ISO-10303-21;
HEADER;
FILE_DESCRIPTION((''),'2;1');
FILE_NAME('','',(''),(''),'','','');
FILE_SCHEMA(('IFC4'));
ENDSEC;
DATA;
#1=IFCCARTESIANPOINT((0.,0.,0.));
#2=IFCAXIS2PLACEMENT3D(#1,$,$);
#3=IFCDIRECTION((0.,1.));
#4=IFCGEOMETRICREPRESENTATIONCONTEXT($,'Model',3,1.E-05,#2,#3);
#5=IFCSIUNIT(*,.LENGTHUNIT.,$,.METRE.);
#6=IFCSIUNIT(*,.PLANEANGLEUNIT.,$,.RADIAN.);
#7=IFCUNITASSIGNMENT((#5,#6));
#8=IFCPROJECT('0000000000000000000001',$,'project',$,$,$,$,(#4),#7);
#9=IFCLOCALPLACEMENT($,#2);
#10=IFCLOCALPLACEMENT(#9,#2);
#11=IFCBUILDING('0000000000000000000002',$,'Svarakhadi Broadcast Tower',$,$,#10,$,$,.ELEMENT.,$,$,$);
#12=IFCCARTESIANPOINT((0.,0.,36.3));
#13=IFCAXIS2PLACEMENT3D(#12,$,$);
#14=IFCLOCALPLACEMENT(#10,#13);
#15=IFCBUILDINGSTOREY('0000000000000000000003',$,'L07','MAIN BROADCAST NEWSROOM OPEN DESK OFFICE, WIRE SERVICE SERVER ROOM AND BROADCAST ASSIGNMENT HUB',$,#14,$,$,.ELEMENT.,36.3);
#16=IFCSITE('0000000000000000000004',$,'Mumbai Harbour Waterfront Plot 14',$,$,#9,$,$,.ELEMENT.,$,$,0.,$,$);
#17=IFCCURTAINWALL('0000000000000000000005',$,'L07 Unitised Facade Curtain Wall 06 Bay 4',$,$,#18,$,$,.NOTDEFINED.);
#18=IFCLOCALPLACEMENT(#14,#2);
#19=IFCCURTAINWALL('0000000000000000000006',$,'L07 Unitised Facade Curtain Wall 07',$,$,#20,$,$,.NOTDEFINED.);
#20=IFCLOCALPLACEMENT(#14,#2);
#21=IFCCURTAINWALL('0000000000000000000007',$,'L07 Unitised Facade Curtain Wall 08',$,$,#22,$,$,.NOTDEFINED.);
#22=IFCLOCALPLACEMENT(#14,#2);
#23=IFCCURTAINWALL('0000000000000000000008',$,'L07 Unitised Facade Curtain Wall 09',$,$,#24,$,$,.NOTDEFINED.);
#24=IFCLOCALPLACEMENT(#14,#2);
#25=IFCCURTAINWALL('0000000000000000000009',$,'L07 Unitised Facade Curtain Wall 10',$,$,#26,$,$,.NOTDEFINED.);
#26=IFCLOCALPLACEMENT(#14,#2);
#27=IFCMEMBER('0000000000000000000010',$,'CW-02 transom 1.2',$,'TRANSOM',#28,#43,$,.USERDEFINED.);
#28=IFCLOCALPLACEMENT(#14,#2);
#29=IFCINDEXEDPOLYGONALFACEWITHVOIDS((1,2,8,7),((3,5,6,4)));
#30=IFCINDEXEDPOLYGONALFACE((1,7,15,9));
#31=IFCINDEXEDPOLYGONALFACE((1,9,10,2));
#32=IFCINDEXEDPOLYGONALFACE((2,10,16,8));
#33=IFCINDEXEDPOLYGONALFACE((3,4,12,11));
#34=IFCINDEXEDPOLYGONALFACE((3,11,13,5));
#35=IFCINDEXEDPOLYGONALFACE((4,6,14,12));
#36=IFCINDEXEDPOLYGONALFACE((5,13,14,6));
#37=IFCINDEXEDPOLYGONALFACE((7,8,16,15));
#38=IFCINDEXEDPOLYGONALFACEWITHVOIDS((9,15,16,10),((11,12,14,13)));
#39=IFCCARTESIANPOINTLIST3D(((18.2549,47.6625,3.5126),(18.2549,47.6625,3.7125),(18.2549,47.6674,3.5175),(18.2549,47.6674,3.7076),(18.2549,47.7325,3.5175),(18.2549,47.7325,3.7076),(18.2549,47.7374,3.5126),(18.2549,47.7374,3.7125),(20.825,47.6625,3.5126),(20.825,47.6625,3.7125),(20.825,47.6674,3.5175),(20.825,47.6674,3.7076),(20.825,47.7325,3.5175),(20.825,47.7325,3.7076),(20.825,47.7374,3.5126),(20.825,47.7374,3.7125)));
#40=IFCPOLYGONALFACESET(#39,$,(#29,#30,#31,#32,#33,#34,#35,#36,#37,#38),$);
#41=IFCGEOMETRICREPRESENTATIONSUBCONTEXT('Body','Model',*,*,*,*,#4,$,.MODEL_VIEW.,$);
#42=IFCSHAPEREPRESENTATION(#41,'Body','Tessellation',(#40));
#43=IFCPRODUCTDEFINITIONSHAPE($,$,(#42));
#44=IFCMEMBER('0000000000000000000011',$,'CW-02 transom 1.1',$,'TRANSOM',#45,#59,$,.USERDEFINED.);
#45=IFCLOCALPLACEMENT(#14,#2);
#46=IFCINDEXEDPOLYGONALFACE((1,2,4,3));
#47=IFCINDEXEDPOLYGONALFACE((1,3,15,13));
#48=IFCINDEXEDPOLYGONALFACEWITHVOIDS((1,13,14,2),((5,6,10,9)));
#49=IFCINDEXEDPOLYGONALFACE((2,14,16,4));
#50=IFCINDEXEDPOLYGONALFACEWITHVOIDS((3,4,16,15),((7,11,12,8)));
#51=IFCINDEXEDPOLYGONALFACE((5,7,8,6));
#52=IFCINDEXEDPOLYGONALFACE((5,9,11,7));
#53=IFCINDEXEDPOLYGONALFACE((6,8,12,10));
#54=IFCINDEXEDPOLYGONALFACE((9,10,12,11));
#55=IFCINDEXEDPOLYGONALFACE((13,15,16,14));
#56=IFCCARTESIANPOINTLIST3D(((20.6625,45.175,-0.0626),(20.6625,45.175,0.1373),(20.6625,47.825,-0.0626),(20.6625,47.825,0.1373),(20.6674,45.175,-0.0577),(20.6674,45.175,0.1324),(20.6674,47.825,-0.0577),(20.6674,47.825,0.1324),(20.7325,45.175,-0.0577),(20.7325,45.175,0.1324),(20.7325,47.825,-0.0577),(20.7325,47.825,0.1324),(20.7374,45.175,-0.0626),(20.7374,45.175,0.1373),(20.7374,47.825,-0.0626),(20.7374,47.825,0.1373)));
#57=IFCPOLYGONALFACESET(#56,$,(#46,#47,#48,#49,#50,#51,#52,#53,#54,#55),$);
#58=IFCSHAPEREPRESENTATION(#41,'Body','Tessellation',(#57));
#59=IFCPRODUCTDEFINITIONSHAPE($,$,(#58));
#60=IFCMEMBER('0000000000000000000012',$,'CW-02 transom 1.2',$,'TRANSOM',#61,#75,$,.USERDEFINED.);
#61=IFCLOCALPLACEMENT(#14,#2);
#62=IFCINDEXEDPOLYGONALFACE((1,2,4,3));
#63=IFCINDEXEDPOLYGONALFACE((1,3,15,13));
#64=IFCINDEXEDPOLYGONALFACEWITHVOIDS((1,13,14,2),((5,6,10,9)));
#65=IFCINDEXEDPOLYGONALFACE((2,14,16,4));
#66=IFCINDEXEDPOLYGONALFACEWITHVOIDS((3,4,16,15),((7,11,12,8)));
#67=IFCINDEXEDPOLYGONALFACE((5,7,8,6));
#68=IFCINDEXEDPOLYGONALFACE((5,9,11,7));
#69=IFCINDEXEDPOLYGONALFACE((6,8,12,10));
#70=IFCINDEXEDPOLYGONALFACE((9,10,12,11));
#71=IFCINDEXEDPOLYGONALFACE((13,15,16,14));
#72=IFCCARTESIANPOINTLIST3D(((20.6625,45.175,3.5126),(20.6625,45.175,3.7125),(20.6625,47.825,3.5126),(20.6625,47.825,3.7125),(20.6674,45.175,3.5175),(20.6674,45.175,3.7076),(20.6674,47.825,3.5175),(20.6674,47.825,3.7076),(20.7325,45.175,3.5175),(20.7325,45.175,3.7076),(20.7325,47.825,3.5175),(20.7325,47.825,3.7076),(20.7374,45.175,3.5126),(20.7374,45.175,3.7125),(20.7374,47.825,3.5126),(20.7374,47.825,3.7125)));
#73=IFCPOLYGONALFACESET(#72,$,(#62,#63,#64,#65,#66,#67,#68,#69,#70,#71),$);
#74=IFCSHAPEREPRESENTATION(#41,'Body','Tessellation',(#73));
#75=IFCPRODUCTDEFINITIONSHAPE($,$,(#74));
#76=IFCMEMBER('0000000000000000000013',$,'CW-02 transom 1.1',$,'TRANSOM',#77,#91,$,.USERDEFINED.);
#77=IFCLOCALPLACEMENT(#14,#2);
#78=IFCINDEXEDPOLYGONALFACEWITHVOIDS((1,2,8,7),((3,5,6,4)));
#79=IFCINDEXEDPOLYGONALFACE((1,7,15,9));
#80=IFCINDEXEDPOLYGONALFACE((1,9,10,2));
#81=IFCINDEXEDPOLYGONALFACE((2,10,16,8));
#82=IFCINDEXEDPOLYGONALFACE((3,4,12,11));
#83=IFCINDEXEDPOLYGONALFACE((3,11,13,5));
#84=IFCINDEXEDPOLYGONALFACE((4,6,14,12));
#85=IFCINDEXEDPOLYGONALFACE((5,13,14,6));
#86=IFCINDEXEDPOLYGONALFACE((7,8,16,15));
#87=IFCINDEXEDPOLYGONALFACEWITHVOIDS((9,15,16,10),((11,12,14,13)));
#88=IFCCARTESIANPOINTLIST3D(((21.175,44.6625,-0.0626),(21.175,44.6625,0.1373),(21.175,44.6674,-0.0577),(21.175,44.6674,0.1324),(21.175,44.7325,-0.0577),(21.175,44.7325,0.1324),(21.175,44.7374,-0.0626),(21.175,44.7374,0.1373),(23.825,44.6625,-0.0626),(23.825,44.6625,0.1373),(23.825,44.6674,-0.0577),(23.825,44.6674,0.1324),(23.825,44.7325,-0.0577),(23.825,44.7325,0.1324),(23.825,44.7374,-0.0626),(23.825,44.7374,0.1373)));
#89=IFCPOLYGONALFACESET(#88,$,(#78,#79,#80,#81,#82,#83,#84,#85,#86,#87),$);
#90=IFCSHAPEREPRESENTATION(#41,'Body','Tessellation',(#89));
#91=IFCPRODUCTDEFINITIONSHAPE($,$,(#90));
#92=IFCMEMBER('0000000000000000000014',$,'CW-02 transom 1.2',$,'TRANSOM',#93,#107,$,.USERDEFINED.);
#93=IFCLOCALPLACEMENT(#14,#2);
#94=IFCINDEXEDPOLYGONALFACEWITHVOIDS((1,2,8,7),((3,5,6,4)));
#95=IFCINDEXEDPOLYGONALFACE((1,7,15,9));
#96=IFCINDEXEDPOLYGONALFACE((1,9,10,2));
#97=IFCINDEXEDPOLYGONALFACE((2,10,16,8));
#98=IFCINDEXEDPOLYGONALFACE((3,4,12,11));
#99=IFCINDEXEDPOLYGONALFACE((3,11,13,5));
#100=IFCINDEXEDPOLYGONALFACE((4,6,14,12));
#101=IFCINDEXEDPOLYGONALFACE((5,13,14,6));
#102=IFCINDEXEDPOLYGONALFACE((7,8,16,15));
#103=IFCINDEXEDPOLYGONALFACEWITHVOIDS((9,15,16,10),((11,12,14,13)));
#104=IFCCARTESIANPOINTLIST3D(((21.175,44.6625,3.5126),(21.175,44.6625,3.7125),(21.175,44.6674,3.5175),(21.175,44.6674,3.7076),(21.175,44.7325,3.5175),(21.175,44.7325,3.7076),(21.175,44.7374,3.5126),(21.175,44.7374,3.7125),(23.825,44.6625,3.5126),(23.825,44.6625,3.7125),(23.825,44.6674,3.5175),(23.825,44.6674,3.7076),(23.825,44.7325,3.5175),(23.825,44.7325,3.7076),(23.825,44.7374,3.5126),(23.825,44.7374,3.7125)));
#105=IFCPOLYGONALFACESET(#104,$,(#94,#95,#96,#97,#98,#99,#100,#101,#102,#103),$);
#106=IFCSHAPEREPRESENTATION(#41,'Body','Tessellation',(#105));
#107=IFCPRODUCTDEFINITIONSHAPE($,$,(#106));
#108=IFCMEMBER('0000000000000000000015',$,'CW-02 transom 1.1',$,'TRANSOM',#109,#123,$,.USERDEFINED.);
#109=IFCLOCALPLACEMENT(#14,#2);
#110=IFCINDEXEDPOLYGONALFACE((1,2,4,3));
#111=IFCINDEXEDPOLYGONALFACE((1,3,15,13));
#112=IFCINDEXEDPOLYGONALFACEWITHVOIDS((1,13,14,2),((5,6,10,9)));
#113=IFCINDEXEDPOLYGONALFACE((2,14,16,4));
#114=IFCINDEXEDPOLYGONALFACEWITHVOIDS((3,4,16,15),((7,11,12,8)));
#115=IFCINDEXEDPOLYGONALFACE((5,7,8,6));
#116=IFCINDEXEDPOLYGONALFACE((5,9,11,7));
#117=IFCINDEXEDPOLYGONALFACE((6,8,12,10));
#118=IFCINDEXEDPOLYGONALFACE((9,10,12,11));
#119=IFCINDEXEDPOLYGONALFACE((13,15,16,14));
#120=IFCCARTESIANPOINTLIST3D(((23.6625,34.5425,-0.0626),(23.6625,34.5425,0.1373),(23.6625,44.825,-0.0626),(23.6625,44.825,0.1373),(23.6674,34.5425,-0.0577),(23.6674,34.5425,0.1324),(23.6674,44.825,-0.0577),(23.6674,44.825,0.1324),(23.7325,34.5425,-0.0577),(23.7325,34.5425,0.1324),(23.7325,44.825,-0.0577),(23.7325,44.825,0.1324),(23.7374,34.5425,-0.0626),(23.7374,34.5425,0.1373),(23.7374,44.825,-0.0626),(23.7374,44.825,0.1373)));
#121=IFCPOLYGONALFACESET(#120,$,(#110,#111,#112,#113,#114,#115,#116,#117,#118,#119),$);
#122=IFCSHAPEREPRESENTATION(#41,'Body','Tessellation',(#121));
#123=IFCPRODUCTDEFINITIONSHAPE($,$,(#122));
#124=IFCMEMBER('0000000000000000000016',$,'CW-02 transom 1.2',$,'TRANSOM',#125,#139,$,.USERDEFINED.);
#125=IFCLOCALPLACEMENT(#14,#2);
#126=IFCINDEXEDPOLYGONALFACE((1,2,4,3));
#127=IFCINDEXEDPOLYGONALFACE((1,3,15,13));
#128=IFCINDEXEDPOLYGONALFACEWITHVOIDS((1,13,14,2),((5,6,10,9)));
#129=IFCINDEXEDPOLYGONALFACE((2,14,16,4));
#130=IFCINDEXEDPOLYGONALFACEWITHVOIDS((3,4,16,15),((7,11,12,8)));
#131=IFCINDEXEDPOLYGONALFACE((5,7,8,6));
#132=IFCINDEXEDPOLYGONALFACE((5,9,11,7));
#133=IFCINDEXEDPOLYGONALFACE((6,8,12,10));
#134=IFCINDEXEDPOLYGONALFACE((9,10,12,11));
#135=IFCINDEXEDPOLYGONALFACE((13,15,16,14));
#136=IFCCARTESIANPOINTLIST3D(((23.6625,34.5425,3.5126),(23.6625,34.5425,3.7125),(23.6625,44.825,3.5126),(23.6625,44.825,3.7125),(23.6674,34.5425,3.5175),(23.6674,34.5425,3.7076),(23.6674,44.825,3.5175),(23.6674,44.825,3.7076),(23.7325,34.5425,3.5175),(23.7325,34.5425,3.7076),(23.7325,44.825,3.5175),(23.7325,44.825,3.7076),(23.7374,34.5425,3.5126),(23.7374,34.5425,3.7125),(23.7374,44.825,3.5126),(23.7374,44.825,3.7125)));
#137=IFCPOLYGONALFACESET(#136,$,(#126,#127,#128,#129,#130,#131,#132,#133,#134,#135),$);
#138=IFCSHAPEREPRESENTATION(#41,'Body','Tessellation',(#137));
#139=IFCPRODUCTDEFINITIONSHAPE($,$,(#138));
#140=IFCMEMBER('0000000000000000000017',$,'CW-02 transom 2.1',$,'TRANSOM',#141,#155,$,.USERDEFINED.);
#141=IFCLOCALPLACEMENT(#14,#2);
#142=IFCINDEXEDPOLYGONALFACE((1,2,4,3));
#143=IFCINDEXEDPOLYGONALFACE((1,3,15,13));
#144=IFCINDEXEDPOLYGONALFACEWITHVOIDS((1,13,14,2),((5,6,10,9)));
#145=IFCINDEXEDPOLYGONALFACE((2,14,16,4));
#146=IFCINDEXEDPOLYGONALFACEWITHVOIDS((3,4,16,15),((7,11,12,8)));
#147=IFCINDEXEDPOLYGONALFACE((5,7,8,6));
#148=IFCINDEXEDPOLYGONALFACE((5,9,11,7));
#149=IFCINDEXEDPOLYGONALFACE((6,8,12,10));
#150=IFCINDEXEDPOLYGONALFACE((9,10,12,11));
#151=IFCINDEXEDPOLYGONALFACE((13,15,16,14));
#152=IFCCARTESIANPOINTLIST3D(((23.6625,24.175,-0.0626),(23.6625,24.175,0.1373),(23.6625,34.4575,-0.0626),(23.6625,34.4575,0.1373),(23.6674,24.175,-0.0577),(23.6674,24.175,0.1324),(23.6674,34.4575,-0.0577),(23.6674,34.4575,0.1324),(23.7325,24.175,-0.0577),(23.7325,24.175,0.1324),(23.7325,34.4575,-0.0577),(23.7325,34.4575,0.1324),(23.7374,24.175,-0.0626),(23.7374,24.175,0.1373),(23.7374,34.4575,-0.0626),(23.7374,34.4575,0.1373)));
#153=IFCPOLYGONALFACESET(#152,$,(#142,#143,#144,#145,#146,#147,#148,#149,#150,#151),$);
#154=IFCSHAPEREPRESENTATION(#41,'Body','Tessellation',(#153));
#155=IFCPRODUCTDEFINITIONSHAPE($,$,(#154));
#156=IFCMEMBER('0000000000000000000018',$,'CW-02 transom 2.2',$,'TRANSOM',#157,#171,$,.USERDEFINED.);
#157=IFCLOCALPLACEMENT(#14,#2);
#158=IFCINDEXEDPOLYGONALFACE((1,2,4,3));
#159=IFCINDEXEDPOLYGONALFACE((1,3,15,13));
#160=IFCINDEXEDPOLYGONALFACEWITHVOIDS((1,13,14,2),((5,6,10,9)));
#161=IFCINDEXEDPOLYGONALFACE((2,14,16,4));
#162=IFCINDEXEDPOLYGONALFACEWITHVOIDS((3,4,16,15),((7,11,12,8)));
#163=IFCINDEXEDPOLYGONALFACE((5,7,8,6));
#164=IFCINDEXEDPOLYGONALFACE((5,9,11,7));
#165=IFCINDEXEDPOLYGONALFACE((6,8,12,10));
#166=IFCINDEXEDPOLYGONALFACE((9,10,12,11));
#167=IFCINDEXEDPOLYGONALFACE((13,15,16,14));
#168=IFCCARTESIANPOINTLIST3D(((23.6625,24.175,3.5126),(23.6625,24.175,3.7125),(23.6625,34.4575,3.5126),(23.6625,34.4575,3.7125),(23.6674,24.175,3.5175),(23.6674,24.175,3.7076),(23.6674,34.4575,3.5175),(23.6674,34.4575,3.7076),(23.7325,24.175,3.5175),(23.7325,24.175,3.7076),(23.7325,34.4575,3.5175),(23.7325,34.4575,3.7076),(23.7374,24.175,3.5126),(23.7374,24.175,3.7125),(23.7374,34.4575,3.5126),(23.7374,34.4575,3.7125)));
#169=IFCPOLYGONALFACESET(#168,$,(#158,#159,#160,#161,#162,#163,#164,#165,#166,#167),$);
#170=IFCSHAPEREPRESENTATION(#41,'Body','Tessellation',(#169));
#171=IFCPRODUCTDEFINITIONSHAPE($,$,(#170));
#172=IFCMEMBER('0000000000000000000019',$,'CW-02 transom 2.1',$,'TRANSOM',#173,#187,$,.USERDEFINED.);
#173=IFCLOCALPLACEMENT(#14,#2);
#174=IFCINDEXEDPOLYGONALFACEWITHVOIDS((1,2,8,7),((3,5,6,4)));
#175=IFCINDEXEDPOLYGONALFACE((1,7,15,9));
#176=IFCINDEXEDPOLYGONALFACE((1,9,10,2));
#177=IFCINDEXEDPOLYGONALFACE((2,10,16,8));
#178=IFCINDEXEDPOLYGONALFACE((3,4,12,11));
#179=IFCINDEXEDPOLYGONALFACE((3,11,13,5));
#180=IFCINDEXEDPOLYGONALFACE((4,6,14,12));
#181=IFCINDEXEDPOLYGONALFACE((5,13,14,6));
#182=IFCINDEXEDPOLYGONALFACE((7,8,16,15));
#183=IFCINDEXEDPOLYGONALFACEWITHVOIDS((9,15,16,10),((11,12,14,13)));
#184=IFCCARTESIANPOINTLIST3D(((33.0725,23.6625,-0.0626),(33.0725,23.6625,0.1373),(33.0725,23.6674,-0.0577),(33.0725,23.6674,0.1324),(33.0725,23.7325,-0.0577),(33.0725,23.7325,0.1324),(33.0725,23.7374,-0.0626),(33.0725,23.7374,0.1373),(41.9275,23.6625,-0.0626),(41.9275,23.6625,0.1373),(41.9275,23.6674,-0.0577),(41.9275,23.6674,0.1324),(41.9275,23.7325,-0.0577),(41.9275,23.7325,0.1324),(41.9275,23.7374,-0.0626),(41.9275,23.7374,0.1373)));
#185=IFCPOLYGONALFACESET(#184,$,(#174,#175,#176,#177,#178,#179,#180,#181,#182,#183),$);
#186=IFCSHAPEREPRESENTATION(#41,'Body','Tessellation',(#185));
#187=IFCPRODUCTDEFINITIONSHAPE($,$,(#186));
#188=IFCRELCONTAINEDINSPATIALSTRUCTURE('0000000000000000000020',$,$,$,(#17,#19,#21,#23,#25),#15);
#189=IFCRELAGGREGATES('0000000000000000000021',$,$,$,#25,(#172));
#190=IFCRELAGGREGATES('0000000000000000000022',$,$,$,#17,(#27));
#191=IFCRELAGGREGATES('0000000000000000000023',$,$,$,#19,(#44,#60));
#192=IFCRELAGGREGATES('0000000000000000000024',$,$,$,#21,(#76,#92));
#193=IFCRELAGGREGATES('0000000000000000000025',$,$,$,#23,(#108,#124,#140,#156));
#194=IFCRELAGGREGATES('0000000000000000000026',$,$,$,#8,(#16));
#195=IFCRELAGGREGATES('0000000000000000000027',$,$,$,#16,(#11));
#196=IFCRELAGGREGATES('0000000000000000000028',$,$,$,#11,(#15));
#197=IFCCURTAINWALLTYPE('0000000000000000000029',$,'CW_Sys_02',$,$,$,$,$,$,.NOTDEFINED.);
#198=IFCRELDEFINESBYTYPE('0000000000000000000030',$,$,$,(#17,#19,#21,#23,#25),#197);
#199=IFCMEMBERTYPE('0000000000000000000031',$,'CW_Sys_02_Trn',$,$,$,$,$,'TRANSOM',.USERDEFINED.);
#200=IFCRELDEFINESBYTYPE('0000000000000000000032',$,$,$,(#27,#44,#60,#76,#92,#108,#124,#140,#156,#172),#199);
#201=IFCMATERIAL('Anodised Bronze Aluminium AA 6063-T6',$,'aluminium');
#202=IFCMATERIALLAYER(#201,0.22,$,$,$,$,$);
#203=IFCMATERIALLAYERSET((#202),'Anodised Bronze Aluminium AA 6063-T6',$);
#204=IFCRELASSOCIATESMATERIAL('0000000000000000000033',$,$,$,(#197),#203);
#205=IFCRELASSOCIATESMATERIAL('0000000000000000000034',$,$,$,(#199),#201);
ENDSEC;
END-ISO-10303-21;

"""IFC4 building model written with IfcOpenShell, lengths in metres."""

from ifc_helpers import new_model, si_unit, direction, frame, origin, origin_2d, place, context, subcontext, project, spatial, hollow_rectangle, extrude, material, layer, layer_set, material_profile, profile_set, type_object, element, aggregate, save


model = new_model("IFC4")

# Units and contexts
model_context = context("Model", 3, precision=1e-05, world=origin(), true_north=direction((0.0, 1.0)))
body_context = subcontext(model_context, "Body", "Model", "MODEL_VIEW")
ifc_project = project(units=[si_unit("LENGTHUNIT", "METRE"), si_unit("PLANEANGLEUNIT", "RADIAN")], contexts=[model_context])

# Site, building, storey
site_placement = place(None, origin())
site = spatial("IfcSite", under=ifc_project, at=site_placement, Name="Mumbai Harbour Waterfront Plot 14", CompositionType="ELEMENT", RefElevation=0.0)
building_placement = place(site_placement, origin())
building = spatial("IfcBuilding", under=site, at=building_placement, Name="Svarakhadi Broadcast Tower", CompositionType="ELEMENT")
storey_placement = place(building_placement, frame((0.0, 0.0, 36.3)))
storey = spatial("IfcBuildingStorey", under=building, at=storey_placement, Name="L07", Description="MAIN BROADCAST NEWSROOM OPEN DESK OFFICE, WIRE SERVICE SERVER ROOM AND BROADCAST ASSIGNMENT HUB", CompositionType="ELEMENT", Elevation=36.3)

# Curtain walls
ifc_material_1 = material(Name="Anodised Bronze Aluminium AA 6063-T6", Category="aluminium")
ifc_layer_1 = layer(ifc_material_1, 0.22)
ifc_layer_set_1 = layer_set([ifc_layer_1], Name="Anodised Bronze Aluminium AA 6063-T6")
curtain_wall_type = type_object("IfcCurtainWallType", Name="CW_Sys_02", PredefinedType="NOTDEFINED", material=ifc_layer_set_1)
curtain_wall_1_placement = place(storey_placement, origin())
curtain_wall_1 = element("IfcCurtainWall", 1, at=curtain_wall_1_placement, inside=storey, type_object=curtain_wall_type, Name="L07 Unitised Facade Curtain Wall 06 Bay 4", PredefinedType="NOTDEFINED")
curtain_wall_2_placement = place(storey_placement, origin())
curtain_wall_2 = element("IfcCurtainWall", 2, at=curtain_wall_2_placement, inside=storey, type_object=curtain_wall_type, Name="L07 Unitised Facade Curtain Wall 07", PredefinedType="NOTDEFINED")
curtain_wall_3_placement = place(storey_placement, origin())
curtain_wall_3 = element("IfcCurtainWall", 3, at=curtain_wall_3_placement, inside=storey, type_object=curtain_wall_type, Name="L07 Unitised Facade Curtain Wall 08", PredefinedType="NOTDEFINED")
curtain_wall_4_placement = place(storey_placement, origin())
curtain_wall_4 = element("IfcCurtainWall", 4, at=curtain_wall_4_placement, inside=storey, type_object=curtain_wall_type, Name="L07 Unitised Facade Curtain Wall 09", PredefinedType="NOTDEFINED")

# Curtain wall
curtain_wall_5_placement = place(storey_placement, origin())
curtain_wall_5 = element("IfcCurtainWall", 5, at=curtain_wall_5_placement, inside=storey, type_object=curtain_wall_type, Name="L07 Unitised Facade Curtain Wall 10", PredefinedType="NOTDEFINED")

# Members
ifc_material_profile_1 = material_profile(ifc_material_1, hollow_rectangle(XDim=0.075, YDim=0.2, WallThickness=0.0049, at=origin_2d()), Name="ALU TRANSOM 200x75x5")
ifc_profile_set_1 = profile_set([ifc_material_profile_1], Name="Anodised Bronze Aluminium AA 6063-T6")
member_type_1 = type_object("IfcMemberType", Name="CW_Sys_02_Trn", ElementType="TRANSOM", PredefinedType="USERDEFINED", material=ifc_profile_set_1)
member_1_placement = place(storey_placement, frame((18.2549, 47.7, 3.6125), z_axis=(1.0, 0.0, 0.0), x_axis=(0.0, 1.0, 0.0)))
member_1 = element("IfcMember", 6, at=member_1_placement, type_object=member_type_1, Name="CW-02 transom 1.2", ObjectType="TRANSOM", PredefinedType="USERDEFINED", context=body_context, shape_type="SweptSolid", body=[
    extrude(hollow_rectangle(XDim=0.075, YDim=0.2, WallThickness=0.0049, at=origin_2d()), origin(), (0.0, 0.0, 1.0), 2.5701),
])
member_2_placement = place(storey_placement, frame((20.7, 47.825, 0.0374), z_axis=(0.0, -1.0, 0.0), x_axis=(1.0, 0.0, 0.0)))
member_2 = element("IfcMember", 7, at=member_2_placement, type_object=member_type_1, Name="CW-02 transom 1.1", ObjectType="TRANSOM", PredefinedType="USERDEFINED", context=body_context, shape_type="SweptSolid", body=[
    extrude(hollow_rectangle(XDim=0.075, YDim=0.2, WallThickness=0.0049, at=origin_2d()), origin(), (0.0, 0.0, 1.0), 2.6499),
])
member_3_placement = place(storey_placement, frame((20.7, 47.825, 3.6125), z_axis=(0.0, -1.0, 0.0), x_axis=(1.0, 0.0, 0.0)))
member_3 = element("IfcMember", 8, at=member_3_placement, type_object=member_type_1, Name="CW-02 transom 1.2", ObjectType="TRANSOM", PredefinedType="USERDEFINED", context=body_context, shape_type="SweptSolid", body=[
    extrude(hollow_rectangle(XDim=0.075, YDim=0.2, WallThickness=0.0049, at=origin_2d()), origin(), (0.0, 0.0, 1.0), 2.6499),
])
member_4_placement = place(storey_placement, frame((21.175, 44.7, 0.0374), z_axis=(1.0, 0.0, 0.0), x_axis=(0.0, 1.0, 0.0)))
member_4 = element("IfcMember", 9, at=member_4_placement, type_object=member_type_1, Name="CW-02 transom 1.1", ObjectType="TRANSOM", PredefinedType="USERDEFINED", context=body_context, shape_type="SweptSolid", body=[
    extrude(hollow_rectangle(XDim=0.075, YDim=0.2, WallThickness=0.0049, at=origin_2d()), origin(), (0.0, 0.0, 1.0), 2.6499),
])
member_5_placement = place(storey_placement, frame((21.175, 44.7, 3.6125), z_axis=(1.0, 0.0, 0.0), x_axis=(0.0, 1.0, 0.0)))
member_5 = element("IfcMember", 10, at=member_5_placement, type_object=member_type_1, Name="CW-02 transom 1.2", ObjectType="TRANSOM", PredefinedType="USERDEFINED", context=body_context, shape_type="SweptSolid", body=[
    extrude(hollow_rectangle(XDim=0.075, YDim=0.2, WallThickness=0.0049, at=origin_2d()), origin(), (0.0, 0.0, 1.0), 2.6499),
])
member_6_placement = place(storey_placement, frame((23.7, 44.825, 0.0374), z_axis=(0.0, -1.0, 0.0), x_axis=(1.0, 0.0, 0.0)))
member_6 = element("IfcMember", 11, at=member_6_placement, type_object=member_type_1, Name="CW-02 transom 1.1", ObjectType="TRANSOM", PredefinedType="USERDEFINED", context=body_context, shape_type="SweptSolid", body=[
    extrude(hollow_rectangle(XDim=0.075, YDim=0.2, WallThickness=0.0049, at=origin_2d()), origin(), (0.0, 0.0, 1.0), 10.2825),
])
member_7_placement = place(storey_placement, frame((23.7, 44.825, 3.6125), z_axis=(0.0, -1.0, 0.0), x_axis=(1.0, 0.0, 0.0)))
member_7 = element("IfcMember", 12, at=member_7_placement, type_object=member_type_1, Name="CW-02 transom 1.2", ObjectType="TRANSOM", PredefinedType="USERDEFINED", context=body_context, shape_type="SweptSolid", body=[
    extrude(hollow_rectangle(XDim=0.075, YDim=0.2, WallThickness=0.0049, at=origin_2d()), origin(), (0.0, 0.0, 1.0), 10.2825),
])
member_8_placement = place(storey_placement, frame((23.7, 34.4575, 0.0374), z_axis=(0.0, -1.0, 0.0), x_axis=(1.0, 0.0, 0.0)))
member_8 = element("IfcMember", 13, at=member_8_placement, type_object=member_type_1, Name="CW-02 transom 2.1", ObjectType="TRANSOM", PredefinedType="USERDEFINED", context=body_context, shape_type="SweptSolid", body=[
    extrude(hollow_rectangle(XDim=0.075, YDim=0.2, WallThickness=0.0049, at=origin_2d()), origin(), (0.0, 0.0, 1.0), 10.2825),
])
member_9_placement = place(storey_placement, frame((23.7, 34.4575, 3.6125), z_axis=(0.0, -1.0, 0.0), x_axis=(1.0, 0.0, 0.0)))
member_9 = element("IfcMember", 14, at=member_9_placement, type_object=member_type_1, Name="CW-02 transom 2.2", ObjectType="TRANSOM", PredefinedType="USERDEFINED", context=body_context, shape_type="SweptSolid", body=[
    extrude(hollow_rectangle(XDim=0.075, YDim=0.2, WallThickness=0.0049, at=origin_2d()), origin(), (0.0, 0.0, 1.0), 10.2825),
])
member_10_placement = place(storey_placement, frame((33.0725, 23.7, 0.0374), z_axis=(1.0, 0.0, 0.0), x_axis=(0.0, 1.0, 0.0)))
member_10 = element("IfcMember", 15, at=member_10_placement, type_object=member_type_1, Name="CW-02 transom 2.1", ObjectType="TRANSOM", PredefinedType="USERDEFINED", context=body_context, shape_type="SweptSolid", body=[
    extrude(hollow_rectangle(XDim=0.075, YDim=0.2, WallThickness=0.0049, at=origin_2d()), origin(), (0.0, 0.0, 1.0), 8.855),
])
aggregate(curtain_wall_5, [member_10])

aggregate(curtain_wall_1, [member_1])
aggregate(curtain_wall_2, [member_2, member_3])
aggregate(curtain_wall_3, [member_4, member_5])
aggregate(curtain_wall_4, [member_6, member_7, member_8, member_9])

save(model, "model.ifc")
